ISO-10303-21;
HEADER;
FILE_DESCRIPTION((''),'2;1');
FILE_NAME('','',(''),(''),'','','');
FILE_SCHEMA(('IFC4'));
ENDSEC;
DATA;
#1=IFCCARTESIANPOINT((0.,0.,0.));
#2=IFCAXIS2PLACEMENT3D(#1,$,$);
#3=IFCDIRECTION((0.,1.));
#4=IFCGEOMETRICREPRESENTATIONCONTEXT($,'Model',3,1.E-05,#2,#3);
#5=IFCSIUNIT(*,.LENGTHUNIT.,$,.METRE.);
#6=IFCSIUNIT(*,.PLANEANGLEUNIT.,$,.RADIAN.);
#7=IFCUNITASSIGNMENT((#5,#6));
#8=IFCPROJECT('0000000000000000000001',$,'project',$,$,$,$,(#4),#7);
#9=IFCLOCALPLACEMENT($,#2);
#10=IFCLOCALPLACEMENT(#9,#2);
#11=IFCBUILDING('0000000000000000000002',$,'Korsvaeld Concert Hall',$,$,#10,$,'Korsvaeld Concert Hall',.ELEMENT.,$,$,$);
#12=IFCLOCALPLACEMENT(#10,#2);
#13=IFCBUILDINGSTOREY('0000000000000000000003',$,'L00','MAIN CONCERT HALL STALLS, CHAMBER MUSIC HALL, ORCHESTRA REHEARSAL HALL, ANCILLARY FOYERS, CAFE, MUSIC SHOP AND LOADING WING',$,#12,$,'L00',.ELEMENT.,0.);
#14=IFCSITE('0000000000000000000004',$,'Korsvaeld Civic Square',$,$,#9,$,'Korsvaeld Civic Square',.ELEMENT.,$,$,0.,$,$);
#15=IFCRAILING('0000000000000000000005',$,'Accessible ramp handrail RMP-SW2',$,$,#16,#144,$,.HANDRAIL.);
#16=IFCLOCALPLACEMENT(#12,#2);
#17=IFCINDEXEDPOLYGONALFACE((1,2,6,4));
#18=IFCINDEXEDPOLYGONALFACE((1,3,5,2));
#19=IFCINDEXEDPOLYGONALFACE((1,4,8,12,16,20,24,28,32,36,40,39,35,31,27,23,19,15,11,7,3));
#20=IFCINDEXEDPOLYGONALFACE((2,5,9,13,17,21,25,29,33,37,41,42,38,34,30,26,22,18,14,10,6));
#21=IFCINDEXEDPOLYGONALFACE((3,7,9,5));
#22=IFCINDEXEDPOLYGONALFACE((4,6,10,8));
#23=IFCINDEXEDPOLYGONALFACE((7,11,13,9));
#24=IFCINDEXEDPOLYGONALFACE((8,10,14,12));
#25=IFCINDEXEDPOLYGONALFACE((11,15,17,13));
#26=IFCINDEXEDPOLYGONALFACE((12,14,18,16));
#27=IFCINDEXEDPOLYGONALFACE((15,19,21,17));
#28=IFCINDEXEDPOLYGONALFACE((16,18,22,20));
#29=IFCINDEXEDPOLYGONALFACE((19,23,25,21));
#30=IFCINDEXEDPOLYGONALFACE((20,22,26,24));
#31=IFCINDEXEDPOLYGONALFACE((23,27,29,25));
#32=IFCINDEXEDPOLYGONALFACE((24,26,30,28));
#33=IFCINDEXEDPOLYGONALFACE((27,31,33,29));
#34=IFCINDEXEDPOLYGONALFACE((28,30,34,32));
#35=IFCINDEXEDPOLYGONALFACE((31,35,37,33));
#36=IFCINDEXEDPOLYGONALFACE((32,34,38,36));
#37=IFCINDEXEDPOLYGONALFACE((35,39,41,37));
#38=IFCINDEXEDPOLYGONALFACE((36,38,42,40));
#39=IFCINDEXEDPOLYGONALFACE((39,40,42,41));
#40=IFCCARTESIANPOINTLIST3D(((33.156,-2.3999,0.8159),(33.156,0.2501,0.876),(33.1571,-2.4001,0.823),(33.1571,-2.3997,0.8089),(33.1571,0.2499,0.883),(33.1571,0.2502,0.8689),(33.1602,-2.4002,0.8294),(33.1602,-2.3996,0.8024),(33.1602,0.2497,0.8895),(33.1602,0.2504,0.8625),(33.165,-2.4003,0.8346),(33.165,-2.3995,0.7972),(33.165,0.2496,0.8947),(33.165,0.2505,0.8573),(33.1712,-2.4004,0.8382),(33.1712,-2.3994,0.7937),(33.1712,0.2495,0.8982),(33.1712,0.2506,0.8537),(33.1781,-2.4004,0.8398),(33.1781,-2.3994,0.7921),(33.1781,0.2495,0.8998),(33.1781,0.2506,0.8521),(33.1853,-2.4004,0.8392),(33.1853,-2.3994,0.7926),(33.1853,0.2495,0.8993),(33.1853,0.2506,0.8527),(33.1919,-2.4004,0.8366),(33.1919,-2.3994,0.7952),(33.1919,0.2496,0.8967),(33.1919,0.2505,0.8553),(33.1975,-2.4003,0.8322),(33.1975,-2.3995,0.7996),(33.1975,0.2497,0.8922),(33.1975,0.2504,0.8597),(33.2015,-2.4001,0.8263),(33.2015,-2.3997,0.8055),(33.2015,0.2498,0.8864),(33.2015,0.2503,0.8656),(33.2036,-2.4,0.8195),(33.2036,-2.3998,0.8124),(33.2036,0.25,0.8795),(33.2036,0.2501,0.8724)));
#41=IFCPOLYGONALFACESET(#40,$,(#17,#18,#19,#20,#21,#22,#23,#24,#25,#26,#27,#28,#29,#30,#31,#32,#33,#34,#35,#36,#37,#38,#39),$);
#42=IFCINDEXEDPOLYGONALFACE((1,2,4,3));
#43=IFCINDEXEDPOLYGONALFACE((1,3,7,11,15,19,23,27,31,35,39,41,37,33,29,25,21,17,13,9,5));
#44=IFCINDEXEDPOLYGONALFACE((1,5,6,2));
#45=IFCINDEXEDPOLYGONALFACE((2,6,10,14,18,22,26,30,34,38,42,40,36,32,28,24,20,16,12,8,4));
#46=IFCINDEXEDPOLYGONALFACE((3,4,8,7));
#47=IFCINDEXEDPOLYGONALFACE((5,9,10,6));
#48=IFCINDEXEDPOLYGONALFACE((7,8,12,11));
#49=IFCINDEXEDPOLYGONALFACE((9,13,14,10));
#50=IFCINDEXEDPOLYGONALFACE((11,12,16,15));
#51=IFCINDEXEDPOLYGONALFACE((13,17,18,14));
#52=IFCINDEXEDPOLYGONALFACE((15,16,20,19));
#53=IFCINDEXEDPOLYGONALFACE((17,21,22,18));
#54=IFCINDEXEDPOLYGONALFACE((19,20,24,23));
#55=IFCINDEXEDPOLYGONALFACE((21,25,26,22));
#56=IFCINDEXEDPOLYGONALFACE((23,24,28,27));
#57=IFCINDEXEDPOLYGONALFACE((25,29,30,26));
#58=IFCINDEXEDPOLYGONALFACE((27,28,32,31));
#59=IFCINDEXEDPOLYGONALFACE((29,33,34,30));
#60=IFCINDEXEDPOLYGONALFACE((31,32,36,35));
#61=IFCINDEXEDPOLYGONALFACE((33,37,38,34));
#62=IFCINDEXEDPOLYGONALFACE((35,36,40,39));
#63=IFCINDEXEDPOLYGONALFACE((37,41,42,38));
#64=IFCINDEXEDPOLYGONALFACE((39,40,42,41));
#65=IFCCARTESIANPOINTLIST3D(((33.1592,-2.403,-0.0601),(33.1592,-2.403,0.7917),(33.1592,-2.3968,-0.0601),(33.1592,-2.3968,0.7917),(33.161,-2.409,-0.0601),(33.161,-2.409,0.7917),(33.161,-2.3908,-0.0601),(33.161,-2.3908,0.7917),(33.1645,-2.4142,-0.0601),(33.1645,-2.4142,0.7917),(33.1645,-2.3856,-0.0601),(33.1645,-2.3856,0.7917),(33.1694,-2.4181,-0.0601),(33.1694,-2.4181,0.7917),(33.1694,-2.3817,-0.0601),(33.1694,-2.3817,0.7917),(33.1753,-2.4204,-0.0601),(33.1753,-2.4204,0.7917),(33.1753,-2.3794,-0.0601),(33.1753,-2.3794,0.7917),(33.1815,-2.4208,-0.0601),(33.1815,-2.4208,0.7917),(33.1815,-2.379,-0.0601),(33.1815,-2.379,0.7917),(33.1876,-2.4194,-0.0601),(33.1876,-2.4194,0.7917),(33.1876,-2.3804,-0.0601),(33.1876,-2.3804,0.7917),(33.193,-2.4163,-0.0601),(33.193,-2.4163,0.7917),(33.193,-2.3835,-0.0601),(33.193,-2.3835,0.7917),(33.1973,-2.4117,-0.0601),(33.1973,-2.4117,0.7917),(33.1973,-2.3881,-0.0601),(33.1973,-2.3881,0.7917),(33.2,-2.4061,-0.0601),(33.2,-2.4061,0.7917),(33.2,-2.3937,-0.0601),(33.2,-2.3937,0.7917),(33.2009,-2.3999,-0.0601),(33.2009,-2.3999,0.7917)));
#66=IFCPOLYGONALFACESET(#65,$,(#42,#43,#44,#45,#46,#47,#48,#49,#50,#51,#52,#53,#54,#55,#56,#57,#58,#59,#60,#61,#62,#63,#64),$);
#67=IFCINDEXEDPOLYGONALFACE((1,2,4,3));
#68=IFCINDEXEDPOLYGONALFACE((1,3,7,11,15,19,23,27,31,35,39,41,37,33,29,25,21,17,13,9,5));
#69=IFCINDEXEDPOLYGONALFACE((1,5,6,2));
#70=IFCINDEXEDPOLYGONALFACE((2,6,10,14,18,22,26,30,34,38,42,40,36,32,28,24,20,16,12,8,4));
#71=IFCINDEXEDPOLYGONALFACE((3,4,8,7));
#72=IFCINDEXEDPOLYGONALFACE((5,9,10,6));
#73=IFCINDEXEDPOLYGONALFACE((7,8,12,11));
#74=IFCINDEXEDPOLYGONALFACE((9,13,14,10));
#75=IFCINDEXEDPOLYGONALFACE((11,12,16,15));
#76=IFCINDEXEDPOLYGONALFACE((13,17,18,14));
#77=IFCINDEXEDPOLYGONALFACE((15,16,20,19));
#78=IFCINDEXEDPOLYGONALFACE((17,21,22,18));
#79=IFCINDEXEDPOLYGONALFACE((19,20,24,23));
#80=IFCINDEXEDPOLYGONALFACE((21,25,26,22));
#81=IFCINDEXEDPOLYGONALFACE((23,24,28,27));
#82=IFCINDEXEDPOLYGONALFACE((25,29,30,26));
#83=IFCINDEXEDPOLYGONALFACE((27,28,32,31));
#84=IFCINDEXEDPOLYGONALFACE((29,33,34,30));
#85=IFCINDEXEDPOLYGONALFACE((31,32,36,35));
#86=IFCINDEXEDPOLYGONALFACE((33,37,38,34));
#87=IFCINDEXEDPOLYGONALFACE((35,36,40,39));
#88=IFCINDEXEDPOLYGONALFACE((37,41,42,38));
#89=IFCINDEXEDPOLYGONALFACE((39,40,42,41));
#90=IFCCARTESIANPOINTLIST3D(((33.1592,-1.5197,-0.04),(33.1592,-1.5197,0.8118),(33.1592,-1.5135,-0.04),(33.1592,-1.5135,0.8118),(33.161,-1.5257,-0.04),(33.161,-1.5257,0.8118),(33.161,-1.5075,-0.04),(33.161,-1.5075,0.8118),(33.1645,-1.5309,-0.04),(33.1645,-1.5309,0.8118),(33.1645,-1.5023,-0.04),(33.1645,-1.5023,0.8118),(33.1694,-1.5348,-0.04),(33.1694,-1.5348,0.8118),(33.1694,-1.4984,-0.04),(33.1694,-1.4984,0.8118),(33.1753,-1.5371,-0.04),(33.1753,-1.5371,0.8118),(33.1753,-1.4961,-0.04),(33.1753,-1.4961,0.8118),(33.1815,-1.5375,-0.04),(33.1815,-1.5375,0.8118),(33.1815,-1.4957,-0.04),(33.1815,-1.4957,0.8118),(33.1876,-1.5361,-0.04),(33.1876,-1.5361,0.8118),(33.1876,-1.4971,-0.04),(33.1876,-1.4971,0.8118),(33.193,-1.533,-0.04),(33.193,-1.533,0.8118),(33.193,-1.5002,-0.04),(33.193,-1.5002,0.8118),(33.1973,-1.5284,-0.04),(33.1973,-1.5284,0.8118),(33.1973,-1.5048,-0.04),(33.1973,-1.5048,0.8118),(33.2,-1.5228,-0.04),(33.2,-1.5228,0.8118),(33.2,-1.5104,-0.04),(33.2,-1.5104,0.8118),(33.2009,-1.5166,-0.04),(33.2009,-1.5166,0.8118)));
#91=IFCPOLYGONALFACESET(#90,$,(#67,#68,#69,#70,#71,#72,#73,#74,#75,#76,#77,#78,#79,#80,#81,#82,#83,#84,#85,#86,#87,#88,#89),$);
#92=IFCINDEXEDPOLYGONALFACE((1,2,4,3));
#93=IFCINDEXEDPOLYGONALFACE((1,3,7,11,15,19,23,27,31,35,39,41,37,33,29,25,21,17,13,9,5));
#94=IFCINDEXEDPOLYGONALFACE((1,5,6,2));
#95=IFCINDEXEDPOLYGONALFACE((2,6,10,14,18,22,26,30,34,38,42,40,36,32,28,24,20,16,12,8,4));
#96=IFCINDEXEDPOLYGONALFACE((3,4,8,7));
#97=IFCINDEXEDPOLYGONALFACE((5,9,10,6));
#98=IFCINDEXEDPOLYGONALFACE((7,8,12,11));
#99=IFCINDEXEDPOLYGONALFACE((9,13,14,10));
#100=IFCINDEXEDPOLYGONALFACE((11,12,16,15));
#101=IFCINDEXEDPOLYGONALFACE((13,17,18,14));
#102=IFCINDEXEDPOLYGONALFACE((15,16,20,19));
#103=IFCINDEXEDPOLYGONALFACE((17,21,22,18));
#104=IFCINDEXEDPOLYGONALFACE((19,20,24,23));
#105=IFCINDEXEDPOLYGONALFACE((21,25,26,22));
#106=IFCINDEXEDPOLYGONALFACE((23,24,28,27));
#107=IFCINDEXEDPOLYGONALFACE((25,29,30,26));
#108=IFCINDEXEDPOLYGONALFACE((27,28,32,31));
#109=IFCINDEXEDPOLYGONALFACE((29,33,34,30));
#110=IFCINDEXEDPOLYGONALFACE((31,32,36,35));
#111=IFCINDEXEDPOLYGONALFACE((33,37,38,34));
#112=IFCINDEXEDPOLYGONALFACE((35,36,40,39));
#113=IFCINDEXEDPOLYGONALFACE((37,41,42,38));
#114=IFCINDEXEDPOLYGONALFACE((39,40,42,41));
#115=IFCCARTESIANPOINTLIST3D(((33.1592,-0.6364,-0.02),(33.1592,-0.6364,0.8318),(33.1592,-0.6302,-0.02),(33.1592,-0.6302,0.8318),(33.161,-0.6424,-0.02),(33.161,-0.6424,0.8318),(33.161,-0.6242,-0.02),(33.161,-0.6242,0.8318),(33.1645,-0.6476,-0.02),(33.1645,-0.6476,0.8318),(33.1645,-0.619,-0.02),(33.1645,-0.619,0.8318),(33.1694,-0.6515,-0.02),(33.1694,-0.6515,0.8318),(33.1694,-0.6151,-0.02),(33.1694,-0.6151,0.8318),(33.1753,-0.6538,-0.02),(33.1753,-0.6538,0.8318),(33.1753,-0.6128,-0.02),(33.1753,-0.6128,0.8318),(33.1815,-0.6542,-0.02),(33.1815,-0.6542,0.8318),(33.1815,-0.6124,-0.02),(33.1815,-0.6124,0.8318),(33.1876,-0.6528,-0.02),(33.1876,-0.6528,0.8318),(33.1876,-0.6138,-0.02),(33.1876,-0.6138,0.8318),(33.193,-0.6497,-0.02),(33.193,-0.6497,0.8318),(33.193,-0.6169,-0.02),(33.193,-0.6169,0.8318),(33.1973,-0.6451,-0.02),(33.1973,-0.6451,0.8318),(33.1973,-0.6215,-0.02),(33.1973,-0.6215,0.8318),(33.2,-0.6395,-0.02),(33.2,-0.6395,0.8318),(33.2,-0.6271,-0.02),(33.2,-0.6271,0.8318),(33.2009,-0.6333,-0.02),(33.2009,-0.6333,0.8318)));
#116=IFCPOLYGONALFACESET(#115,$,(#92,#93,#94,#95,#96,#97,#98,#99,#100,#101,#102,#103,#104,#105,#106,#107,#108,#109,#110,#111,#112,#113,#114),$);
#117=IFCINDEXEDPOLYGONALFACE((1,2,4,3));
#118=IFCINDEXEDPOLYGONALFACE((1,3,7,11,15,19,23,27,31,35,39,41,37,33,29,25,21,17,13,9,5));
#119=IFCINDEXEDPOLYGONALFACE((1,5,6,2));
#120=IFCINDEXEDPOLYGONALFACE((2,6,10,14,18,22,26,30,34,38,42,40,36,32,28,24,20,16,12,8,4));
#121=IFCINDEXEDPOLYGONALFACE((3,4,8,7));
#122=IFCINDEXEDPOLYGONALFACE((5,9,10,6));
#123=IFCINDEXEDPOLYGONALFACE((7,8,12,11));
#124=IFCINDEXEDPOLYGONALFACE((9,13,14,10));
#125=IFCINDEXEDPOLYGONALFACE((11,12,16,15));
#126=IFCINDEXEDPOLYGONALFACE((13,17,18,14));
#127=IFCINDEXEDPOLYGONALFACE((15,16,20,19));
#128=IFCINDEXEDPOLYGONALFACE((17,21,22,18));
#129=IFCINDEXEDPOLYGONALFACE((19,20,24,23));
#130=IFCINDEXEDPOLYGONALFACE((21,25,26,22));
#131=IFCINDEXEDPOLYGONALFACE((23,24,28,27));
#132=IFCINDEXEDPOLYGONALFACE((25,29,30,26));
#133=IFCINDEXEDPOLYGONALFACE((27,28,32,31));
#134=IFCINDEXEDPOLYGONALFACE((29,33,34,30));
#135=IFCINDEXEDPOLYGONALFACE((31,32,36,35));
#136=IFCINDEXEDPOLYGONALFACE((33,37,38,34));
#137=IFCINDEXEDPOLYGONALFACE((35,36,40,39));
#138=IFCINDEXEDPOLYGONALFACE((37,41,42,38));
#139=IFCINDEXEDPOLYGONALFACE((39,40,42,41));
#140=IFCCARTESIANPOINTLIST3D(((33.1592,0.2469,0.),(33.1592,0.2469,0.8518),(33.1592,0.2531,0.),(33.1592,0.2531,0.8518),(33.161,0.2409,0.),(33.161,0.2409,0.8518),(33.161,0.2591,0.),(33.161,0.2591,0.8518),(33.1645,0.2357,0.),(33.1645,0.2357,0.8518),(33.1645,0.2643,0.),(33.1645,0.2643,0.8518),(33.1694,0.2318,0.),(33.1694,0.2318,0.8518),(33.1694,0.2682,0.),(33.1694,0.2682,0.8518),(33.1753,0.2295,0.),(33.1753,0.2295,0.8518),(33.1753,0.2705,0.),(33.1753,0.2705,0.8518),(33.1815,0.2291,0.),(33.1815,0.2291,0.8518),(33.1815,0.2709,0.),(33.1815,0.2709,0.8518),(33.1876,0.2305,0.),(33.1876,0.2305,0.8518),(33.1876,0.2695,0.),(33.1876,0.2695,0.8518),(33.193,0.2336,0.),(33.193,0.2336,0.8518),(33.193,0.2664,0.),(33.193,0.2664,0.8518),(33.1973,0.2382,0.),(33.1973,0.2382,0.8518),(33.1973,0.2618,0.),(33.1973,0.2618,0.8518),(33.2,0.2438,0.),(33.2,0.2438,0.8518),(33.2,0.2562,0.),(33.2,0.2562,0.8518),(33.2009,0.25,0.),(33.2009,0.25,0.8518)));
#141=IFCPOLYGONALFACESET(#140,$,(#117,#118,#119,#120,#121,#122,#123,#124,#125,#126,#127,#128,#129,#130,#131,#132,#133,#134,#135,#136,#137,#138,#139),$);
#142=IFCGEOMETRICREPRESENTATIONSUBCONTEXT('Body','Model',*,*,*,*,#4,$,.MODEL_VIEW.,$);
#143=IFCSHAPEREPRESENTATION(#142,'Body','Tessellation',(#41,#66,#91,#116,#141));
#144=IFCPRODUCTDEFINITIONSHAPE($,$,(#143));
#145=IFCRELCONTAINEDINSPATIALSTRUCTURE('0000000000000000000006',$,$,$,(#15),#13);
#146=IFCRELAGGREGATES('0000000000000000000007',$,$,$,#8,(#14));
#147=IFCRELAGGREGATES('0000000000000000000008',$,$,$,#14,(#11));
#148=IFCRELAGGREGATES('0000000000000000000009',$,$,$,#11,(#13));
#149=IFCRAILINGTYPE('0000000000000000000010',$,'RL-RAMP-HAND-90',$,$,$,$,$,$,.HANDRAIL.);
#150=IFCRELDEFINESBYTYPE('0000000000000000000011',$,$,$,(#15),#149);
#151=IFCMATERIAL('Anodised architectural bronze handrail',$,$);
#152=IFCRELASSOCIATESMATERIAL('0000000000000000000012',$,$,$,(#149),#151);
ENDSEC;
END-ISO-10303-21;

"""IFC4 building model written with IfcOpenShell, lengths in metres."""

from ifc_helpers import new_model, si_unit, direction, frame, origin, origin_2d, place, context, subcontext, project, spatial, circle, extrude, material, type_object, element, save


model = new_model("IFC4")

# Units and contexts
model_context = context("Model", 3, precision=1e-05, world=origin(), true_north=direction((0.0, 1.0)))
body_context = subcontext(model_context, "Body", "Model", "MODEL_VIEW")
ifc_project = project(units=[si_unit("LENGTHUNIT", "METRE"), si_unit("PLANEANGLEUNIT", "RADIAN")], contexts=[model_context])

# Site, building, storey
site_placement = place(None, origin())
site = spatial("IfcSite", under=ifc_project, at=site_placement, Name="Korsvaeld Civic Square", LongName="Korsvaeld Civic Square", CompositionType="ELEMENT", RefElevation=0.0)
building_placement = place(site_placement, origin())
building = spatial("IfcBuilding", under=site, at=building_placement, Name="Korsvaeld Concert Hall", LongName="Korsvaeld Concert Hall", CompositionType="ELEMENT")
storey_placement = place(building_placement, origin())
storey = spatial("IfcBuildingStorey", under=building, at=storey_placement, Name="L00", Description="MAIN CONCERT HALL STALLS, CHAMBER MUSIC HALL, ORCHESTRA REHEARSAL HALL, ANCILLARY FOYERS, CAFE, MUSIC SHOP AND LOADING WING", LongName="L00", CompositionType="ELEMENT", Elevation=0.0)

# Railing
ifc_material_1 = material(Name="Anodised architectural bronze handrail")
railing_type = type_object("IfcRailingType", Name="RL-RAMP-HAND-90", PredefinedType="HANDRAIL", material=ifc_material_1)
railing_placement = place(storey_placement, frame((33.1799, -2.3999, -0.0601)))
element("IfcRailing", 1, at=railing_placement, inside=storey, type_object=railing_type, Name="Accessible ramp handrail RMP-SW2", PredefinedType="HANDRAIL", context=body_context, shape_type="SweptSolid", body=[
    extrude(circle(Radius=0.0239, at=origin_2d()), frame((0.0, 0.0, 0.876), z_axis=(0.0, 0.999743, 0.022659), x_axis=(-1.0, 0.0, 0.0)), (0.0, 0.0, 1.0), 2.6506),
    extrude(circle(Radius=0.021, at=origin_2d()), origin(), (0.0, 0.0, 1.0), 0.8518),
    extrude(circle(Radius=0.021, at=origin_2d()), frame((0.0, 0.8833, 0.02)), (0.0, 0.0, 1.0), 0.8518),
    extrude(circle(Radius=0.021, at=origin_2d()), frame((0.0, 1.7666, 0.04)), (0.0, 0.0, 1.0), 0.8518),
    extrude(circle(Radius=0.021, at=origin_2d()), frame((0.0, 2.6499, 0.0601)), (0.0, 0.0, 1.0), 0.8518),
])

save(model, "model.ifc")
